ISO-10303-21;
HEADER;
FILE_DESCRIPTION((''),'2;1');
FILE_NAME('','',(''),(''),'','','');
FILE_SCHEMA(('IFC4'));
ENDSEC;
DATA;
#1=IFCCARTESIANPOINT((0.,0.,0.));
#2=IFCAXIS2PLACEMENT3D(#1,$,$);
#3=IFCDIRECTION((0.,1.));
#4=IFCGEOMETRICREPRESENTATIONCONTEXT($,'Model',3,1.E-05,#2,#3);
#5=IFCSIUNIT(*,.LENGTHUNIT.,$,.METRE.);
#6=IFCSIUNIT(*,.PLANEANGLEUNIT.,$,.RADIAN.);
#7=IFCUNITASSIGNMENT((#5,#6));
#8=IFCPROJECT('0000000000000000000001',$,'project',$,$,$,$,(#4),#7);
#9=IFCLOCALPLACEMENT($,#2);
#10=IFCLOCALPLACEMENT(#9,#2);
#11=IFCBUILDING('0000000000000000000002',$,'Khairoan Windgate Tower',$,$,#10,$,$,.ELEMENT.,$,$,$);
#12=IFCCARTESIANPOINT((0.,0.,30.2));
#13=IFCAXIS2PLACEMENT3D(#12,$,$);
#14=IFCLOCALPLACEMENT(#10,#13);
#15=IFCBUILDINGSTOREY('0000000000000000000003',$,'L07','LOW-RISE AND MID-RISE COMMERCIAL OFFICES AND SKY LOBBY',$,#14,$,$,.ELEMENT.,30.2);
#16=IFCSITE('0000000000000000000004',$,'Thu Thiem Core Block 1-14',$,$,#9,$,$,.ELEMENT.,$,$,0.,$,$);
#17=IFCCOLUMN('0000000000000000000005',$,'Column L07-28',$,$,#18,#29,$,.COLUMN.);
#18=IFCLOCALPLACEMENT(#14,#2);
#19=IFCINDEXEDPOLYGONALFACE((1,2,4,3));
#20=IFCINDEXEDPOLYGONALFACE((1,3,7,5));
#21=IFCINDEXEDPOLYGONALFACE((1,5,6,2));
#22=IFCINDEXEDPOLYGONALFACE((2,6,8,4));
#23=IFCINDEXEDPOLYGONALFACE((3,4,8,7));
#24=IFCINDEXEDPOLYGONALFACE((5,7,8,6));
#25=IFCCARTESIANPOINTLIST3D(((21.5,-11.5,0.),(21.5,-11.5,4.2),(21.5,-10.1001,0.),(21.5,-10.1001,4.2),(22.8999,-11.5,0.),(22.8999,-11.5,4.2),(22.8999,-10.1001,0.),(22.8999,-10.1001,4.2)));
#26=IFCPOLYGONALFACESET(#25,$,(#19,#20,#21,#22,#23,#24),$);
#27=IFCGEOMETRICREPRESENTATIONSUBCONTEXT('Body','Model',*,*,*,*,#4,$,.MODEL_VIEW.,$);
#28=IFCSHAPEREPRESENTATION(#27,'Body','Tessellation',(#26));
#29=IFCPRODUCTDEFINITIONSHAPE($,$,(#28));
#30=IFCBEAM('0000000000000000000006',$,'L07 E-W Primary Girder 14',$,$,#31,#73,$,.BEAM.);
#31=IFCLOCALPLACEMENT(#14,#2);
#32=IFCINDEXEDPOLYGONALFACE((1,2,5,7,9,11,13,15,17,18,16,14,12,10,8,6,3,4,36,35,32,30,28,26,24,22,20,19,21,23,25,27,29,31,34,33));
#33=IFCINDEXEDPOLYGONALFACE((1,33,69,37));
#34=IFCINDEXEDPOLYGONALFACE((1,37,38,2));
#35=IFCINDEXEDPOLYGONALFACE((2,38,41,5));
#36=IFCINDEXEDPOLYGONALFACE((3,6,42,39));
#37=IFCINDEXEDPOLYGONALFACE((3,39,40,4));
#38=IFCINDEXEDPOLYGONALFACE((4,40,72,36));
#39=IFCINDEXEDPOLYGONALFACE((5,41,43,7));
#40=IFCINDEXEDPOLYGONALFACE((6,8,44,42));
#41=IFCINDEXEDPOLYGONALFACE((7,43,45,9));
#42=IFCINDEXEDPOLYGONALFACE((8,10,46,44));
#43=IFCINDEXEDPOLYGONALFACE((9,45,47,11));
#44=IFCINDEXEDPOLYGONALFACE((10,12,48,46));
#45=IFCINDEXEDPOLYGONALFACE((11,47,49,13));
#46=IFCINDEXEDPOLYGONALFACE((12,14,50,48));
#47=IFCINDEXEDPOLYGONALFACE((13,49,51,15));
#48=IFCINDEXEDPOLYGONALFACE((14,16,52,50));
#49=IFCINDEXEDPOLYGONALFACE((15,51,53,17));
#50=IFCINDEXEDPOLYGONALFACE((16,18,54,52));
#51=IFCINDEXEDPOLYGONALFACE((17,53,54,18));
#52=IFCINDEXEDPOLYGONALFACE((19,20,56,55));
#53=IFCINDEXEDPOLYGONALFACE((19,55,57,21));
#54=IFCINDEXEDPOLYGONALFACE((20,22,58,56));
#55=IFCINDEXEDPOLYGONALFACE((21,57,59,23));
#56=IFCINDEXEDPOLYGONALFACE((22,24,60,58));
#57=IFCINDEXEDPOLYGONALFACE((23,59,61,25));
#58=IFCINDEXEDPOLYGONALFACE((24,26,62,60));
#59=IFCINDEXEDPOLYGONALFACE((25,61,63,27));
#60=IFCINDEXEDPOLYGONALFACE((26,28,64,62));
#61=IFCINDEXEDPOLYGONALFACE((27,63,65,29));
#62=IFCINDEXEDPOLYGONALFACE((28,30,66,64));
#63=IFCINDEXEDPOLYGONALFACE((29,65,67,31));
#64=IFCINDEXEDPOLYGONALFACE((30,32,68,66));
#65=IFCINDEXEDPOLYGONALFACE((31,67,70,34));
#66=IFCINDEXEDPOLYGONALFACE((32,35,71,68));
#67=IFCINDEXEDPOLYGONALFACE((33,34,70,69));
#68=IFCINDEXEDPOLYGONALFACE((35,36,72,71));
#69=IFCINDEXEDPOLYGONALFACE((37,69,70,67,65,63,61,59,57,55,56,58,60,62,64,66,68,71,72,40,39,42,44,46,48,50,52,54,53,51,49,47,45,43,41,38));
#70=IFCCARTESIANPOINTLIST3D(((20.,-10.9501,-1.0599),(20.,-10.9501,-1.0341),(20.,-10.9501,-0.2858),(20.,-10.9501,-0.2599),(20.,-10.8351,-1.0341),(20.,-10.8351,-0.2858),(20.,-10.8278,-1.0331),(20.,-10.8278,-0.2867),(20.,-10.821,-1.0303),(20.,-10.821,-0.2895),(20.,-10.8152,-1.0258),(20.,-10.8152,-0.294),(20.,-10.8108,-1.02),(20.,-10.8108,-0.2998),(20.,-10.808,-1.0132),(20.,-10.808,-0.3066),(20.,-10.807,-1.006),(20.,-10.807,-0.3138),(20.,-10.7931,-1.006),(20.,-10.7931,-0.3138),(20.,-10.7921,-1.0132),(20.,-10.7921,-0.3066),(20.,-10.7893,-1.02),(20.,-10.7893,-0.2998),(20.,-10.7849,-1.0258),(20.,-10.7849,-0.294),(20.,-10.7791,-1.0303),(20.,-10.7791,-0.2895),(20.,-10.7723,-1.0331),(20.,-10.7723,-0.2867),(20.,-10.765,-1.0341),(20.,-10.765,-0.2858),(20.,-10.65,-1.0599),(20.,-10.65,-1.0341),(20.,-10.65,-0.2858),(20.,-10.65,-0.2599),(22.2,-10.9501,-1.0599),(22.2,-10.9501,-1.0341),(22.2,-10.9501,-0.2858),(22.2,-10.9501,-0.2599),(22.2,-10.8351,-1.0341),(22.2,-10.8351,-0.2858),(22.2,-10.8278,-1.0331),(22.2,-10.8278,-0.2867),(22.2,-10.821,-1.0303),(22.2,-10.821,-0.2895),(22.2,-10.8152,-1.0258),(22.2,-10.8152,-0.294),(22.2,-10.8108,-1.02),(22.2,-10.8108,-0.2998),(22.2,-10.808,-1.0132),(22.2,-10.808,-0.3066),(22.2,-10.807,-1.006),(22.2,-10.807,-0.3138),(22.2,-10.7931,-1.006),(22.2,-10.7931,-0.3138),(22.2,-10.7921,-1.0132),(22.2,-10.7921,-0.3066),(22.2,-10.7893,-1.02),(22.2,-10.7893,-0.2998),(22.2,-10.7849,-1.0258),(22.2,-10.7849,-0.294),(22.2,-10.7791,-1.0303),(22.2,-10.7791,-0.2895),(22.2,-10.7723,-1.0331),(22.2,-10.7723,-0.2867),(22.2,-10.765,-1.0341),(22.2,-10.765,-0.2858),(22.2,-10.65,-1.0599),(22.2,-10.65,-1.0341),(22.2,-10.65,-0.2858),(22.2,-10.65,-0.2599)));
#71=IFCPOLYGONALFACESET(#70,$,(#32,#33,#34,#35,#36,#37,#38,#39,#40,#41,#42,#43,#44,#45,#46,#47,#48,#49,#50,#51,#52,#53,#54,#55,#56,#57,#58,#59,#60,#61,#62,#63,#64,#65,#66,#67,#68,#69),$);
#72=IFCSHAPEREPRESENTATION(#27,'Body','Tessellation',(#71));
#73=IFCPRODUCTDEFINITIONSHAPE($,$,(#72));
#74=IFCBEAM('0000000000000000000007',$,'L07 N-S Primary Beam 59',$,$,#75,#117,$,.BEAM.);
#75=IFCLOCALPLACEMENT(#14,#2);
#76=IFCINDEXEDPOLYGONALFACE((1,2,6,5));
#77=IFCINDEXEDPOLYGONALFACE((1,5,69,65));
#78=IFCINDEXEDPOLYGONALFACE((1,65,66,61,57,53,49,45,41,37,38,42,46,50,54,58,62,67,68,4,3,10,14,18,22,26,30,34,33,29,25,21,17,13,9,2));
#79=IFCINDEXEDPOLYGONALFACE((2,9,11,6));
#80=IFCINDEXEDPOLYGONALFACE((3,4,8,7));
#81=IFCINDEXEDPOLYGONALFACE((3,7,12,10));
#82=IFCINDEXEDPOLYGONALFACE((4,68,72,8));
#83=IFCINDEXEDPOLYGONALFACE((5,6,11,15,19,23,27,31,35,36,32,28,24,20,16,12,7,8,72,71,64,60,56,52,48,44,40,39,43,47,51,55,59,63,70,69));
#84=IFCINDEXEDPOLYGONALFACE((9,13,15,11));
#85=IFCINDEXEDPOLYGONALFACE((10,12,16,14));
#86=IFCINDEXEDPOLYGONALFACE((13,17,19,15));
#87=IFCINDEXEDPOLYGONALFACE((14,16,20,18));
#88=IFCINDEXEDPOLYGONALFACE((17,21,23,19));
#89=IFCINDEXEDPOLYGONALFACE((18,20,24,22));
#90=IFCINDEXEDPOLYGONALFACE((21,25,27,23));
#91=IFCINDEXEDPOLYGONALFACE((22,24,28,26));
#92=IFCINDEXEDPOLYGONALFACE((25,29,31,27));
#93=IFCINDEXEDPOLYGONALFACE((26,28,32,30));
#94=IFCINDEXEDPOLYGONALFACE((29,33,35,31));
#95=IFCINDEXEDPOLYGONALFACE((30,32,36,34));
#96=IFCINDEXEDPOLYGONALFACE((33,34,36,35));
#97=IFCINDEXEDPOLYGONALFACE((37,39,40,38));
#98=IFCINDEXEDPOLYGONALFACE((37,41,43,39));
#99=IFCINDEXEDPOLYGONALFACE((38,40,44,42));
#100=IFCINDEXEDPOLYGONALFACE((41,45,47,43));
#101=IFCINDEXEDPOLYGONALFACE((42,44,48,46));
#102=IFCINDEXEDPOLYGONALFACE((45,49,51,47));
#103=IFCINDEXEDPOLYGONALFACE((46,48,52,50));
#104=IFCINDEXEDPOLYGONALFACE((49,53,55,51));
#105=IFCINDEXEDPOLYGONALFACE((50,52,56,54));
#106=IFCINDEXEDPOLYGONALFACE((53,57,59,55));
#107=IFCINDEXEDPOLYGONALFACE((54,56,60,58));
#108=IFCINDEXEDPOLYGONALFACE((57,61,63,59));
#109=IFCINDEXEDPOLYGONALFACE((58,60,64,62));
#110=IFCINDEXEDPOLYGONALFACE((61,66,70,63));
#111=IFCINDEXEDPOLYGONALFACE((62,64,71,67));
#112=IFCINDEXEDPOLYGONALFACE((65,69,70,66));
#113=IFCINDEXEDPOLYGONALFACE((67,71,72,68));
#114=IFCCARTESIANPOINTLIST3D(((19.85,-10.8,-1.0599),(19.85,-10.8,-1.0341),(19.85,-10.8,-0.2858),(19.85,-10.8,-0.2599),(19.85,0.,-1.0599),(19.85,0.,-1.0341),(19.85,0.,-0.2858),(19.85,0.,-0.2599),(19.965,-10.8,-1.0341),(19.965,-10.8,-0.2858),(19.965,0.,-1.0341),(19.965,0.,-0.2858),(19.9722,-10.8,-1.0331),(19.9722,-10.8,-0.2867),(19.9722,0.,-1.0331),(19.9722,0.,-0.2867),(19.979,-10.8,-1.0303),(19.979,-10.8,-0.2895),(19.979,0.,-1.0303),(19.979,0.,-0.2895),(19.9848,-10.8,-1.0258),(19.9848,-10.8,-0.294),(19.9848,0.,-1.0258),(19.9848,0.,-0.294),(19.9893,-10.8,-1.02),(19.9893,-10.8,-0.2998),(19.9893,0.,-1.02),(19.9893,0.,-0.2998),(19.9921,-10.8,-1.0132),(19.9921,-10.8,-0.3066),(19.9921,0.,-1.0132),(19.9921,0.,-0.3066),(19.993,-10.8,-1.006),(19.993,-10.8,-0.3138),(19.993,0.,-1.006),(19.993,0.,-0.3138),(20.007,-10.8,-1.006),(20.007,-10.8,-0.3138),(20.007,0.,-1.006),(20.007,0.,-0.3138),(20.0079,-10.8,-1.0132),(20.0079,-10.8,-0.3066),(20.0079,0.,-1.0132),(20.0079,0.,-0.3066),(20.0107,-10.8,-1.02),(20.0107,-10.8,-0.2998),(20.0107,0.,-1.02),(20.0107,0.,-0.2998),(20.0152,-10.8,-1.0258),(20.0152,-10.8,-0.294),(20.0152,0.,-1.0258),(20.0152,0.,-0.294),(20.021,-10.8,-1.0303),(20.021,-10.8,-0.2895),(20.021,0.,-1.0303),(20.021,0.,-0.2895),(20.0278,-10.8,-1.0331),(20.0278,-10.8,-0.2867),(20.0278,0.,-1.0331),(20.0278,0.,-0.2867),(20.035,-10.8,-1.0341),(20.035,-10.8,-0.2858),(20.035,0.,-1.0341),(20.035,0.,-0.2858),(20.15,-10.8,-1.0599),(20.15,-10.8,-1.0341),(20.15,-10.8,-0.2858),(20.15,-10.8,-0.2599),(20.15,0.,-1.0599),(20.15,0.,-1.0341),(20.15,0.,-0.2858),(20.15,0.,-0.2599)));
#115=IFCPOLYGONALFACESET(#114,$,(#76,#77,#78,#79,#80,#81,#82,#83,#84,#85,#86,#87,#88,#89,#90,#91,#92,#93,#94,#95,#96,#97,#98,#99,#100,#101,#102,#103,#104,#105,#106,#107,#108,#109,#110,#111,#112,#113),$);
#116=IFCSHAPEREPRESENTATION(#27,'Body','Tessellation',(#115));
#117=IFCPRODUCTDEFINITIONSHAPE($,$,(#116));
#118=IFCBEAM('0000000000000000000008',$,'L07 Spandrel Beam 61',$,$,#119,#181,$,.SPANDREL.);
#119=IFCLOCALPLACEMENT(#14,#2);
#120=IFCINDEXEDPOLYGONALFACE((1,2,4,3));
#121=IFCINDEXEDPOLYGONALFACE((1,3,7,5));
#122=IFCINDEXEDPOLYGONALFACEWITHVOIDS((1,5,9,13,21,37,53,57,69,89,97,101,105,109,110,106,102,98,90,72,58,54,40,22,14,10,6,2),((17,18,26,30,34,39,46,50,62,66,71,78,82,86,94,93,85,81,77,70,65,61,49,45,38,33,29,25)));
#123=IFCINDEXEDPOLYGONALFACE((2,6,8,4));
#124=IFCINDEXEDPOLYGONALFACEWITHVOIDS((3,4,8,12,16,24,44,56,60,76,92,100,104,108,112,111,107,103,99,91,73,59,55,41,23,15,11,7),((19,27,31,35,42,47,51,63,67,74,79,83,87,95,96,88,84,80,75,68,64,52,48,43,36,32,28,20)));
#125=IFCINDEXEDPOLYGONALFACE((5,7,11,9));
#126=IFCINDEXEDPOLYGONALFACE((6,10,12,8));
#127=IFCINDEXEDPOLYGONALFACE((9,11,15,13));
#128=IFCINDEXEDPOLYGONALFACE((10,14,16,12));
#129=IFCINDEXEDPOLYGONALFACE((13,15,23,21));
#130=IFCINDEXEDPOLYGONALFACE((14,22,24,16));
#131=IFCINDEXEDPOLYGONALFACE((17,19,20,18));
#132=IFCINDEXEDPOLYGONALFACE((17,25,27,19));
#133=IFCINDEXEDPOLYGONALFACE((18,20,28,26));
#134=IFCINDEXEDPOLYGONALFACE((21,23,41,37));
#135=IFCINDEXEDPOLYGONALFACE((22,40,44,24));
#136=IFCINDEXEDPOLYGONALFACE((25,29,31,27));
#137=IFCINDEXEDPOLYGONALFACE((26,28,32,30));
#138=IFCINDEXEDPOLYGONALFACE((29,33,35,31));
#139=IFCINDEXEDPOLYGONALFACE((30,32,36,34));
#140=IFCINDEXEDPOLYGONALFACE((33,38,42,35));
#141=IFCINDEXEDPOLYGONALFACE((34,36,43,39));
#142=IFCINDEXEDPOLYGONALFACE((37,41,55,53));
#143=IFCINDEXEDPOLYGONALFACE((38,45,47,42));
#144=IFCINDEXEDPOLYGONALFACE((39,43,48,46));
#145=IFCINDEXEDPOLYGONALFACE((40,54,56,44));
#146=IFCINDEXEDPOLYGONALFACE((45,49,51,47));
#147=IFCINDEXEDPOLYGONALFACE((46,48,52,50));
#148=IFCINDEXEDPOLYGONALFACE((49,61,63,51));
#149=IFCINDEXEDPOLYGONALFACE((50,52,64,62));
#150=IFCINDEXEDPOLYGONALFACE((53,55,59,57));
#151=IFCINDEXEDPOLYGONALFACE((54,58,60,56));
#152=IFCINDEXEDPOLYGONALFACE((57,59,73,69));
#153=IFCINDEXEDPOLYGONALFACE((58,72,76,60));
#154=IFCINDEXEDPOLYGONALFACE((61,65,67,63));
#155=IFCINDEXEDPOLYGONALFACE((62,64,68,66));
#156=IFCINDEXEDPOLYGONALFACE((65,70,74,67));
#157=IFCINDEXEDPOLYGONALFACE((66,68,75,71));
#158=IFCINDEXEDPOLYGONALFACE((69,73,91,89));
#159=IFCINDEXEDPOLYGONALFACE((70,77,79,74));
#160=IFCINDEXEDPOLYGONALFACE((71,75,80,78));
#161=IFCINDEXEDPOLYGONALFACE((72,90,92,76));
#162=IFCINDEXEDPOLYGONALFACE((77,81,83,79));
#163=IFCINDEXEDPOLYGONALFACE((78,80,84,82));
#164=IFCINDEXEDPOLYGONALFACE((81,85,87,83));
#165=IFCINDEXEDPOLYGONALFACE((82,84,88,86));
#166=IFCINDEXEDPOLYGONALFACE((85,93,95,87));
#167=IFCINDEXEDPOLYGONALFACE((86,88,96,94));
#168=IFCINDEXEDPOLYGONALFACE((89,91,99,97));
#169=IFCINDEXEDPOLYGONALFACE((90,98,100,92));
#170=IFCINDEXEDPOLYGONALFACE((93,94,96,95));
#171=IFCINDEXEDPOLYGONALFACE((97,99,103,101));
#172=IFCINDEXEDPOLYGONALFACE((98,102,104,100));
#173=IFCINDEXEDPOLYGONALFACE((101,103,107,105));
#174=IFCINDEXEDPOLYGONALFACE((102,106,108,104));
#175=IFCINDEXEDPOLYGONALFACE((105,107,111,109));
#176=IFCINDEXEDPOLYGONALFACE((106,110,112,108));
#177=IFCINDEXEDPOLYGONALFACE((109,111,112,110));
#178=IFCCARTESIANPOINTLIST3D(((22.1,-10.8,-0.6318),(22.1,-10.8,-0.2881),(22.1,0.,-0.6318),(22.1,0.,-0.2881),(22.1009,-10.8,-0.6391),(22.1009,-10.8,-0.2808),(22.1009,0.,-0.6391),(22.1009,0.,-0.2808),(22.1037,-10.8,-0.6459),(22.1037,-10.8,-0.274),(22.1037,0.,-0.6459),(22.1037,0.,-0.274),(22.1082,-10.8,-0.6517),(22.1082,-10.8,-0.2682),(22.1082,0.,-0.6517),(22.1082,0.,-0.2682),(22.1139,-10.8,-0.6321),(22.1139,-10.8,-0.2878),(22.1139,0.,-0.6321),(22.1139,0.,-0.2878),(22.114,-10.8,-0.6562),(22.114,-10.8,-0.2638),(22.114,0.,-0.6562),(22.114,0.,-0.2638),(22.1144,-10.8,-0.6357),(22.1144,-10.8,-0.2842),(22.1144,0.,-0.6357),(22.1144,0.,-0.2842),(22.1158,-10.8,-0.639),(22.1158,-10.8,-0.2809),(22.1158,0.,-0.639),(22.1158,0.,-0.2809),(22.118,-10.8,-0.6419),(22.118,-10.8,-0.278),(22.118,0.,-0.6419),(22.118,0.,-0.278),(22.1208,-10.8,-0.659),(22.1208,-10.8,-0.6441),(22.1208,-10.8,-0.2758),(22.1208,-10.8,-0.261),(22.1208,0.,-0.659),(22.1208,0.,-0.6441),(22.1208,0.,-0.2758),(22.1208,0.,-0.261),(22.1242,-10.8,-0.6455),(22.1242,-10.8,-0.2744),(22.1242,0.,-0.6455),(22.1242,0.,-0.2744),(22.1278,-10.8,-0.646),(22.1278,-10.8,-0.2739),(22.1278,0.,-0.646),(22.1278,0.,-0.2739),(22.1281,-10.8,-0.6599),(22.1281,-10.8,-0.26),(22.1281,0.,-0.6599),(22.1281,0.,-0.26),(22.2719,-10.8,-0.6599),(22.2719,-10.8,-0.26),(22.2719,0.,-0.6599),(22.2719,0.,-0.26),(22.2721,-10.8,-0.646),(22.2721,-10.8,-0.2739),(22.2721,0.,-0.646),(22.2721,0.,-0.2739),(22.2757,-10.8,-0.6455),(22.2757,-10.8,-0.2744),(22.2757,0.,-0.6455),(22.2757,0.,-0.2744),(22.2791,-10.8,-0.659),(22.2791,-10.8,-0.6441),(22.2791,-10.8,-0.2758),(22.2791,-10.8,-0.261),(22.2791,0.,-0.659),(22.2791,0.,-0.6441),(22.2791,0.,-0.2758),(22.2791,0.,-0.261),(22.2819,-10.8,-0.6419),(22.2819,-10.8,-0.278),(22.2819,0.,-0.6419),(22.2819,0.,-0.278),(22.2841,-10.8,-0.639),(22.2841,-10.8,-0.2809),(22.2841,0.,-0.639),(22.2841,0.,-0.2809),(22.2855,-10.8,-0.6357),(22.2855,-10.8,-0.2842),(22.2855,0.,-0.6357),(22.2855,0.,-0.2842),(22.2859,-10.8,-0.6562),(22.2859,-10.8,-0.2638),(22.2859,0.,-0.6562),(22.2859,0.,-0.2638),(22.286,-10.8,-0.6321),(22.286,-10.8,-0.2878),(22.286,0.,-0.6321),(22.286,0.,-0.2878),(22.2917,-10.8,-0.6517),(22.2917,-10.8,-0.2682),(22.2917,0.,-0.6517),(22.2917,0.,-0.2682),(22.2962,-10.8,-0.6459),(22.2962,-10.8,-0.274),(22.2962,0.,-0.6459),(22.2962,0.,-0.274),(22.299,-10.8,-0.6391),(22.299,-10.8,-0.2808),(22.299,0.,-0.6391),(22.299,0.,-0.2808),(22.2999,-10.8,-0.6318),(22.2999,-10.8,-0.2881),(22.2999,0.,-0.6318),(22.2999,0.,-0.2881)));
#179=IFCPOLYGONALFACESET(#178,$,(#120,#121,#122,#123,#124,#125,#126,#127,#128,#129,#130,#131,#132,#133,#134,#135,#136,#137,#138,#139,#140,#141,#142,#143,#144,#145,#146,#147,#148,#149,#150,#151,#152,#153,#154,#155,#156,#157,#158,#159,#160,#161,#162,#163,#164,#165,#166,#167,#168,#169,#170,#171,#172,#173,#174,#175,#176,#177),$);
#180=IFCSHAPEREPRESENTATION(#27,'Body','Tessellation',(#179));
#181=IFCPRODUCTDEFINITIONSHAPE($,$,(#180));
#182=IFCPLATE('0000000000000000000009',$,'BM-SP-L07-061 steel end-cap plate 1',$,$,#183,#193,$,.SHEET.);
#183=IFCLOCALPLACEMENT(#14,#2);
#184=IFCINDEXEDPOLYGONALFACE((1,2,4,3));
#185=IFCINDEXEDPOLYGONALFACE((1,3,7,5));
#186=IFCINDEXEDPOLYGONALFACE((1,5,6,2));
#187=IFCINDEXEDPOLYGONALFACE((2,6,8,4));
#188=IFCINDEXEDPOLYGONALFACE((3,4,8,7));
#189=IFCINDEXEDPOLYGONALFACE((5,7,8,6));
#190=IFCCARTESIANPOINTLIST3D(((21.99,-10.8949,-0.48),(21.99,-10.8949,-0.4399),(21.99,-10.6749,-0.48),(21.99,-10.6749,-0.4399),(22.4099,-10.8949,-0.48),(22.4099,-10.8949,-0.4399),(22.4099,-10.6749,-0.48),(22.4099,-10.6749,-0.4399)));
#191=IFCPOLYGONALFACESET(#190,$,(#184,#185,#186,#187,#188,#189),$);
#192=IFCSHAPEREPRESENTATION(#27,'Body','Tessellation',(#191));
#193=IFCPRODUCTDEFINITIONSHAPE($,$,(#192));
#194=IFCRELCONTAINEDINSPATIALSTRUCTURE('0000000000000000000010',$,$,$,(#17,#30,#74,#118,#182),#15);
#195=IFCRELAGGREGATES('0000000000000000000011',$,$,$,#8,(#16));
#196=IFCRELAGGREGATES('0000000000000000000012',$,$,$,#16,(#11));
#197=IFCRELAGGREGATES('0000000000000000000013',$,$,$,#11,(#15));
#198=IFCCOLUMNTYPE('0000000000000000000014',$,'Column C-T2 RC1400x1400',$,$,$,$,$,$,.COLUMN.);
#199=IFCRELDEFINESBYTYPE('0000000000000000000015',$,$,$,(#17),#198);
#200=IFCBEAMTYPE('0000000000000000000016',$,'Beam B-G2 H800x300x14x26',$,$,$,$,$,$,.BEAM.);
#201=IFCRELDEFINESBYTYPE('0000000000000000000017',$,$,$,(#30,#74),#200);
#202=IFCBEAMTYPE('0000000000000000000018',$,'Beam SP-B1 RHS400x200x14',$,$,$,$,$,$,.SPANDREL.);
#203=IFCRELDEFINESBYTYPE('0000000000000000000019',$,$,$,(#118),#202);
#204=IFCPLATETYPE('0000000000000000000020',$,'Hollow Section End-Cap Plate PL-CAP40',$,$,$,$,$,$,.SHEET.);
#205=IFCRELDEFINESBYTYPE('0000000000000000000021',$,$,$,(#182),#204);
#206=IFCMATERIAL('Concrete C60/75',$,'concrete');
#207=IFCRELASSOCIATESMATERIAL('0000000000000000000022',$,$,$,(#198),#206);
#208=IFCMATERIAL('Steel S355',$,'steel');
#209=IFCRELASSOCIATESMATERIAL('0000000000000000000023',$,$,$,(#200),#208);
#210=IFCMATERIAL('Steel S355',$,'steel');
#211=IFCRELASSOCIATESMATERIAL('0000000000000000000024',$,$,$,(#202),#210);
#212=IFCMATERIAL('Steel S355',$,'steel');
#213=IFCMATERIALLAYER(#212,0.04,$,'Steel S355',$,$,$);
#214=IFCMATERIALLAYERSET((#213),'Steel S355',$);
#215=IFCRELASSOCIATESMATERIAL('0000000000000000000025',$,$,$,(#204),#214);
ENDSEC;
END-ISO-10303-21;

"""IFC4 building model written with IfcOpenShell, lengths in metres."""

from ifc_helpers import new_model, si_unit, direction, frame, origin, origin_2d, place, context, subcontext, project, spatial, rectangle, hollow_rectangle, i_section, extrude, material, layer, layer_set, material_profile, profile_set, type_object, element, save


model = new_model("IFC4")

# Units and contexts
model_context = context("Model", 3, precision=1e-05, world=origin(), true_north=direction((0.0, 1.0)))
body_context = subcontext(model_context, "Body", "Model", "MODEL_VIEW")
ifc_project = project(units=[si_unit("LENGTHUNIT", "METRE"), si_unit("PLANEANGLEUNIT", "RADIAN")], contexts=[model_context])

# Site, building, storey
site_placement = place(None, origin())
site = spatial("IfcSite", under=ifc_project, at=site_placement, Name="Thu Thiem Core Block 1-14", CompositionType="ELEMENT", RefElevation=0.0)
building_placement = place(site_placement, origin())
building = spatial("IfcBuilding", under=site, at=building_placement, Name="Khairoan Windgate Tower", CompositionType="ELEMENT")
storey_placement = place(building_placement, frame((0.0, 0.0, 30.2)))
storey = spatial("IfcBuildingStorey", under=building, at=storey_placement, Name="L07", Description="LOW-RISE AND MID-RISE COMMERCIAL OFFICES AND SKY LOBBY", CompositionType="ELEMENT", Elevation=30.2)

# Column
ifc_material_1 = material(Name="Concrete C60/75", Category="concrete")
ifc_material_profile_1 = material_profile(ifc_material_1, rectangle(XDim=1.3999, YDim=1.3999, at=origin_2d()))
ifc_profile_set_1 = profile_set([ifc_material_profile_1], Name="Concrete C60/75")
column_type = type_object("IfcColumnType", Name="Column C-T2 RC1400x1400", PredefinedType="COLUMN", material=ifc_profile_set_1)
column_placement = place(storey_placement, frame((22.2, -10.8, 0.0), z_axis=(0.0, 0.0, 1.0), x_axis=(1.0, 0.0, 0.0)))
element("IfcColumn", 1, at=column_placement, inside=storey, type_object=column_type, Name="Column L07-28", PredefinedType="COLUMN", context=body_context, shape_type="SweptSolid", body=[
    extrude(rectangle(XDim=1.3999, YDim=1.3999, at=origin_2d()), origin(), (0.0, 0.0, 1.0), 4.2),
])

# Beams
ifc_material_2 = material(Name="Steel S355", Category="steel")
ifc_material_profile_2 = material_profile(ifc_material_2, i_section(OverallWidth=0.3, OverallDepth=0.8, WebThickness=0.0139, FlangeThickness=0.0259, FilletRadius=0.0281, at=origin_2d()))
ifc_profile_set_2 = profile_set([ifc_material_profile_2], Name="Steel S355")
beam_type_1 = type_object("IfcBeamType", Name="Beam B-G2 H800x300x14x26", PredefinedType="BEAM", material=ifc_profile_set_2)
beam_1_placement = place(storey_placement, frame((20.0, -10.8, -0.6599), z_axis=(1.0, 0.0, 0.0), x_axis=(0.0, 1.0, 0.0)))
element("IfcBeam", 2, at=beam_1_placement, inside=storey, type_object=beam_type_1, Name="L07 E-W Primary Girder 14", PredefinedType="BEAM", context=body_context, shape_type="SweptSolid", body=[
    extrude(i_section(OverallWidth=0.3, OverallDepth=0.8, WebThickness=0.0139, FlangeThickness=0.0259, FilletRadius=0.0281, at=origin_2d()), origin(), (0.0, 0.0, 1.0), 2.2),
])
beam_2_placement = place(storey_placement, frame((20.0, -10.8, -0.6599), z_axis=(0.0, 1.0, 0.0), x_axis=(-1.0, 0.0, 0.0)))
element("IfcBeam", 3, at=beam_2_placement, inside=storey, type_object=beam_type_1, Name="L07 N-S Primary Beam 59", PredefinedType="BEAM", context=body_context, shape_type="SweptSolid", body=[
    extrude(i_section(OverallWidth=0.3, OverallDepth=0.8, WebThickness=0.0139, FlangeThickness=0.0259, FilletRadius=0.0281, at=origin_2d()), origin(), (0.0, 0.0, 1.0), 10.8),
])
ifc_material_3 = material(Name="Steel S355", Category="steel")
ifc_material_profile_3 = material_profile(ifc_material_3, hollow_rectangle(XDim=0.2, YDim=0.3999, WallThickness=0.0139, InnerFilletRadius=0.0139, OuterFilletRadius=0.0281, at=origin_2d()))
ifc_profile_set_3 = profile_set([ifc_material_profile_3], Name="Steel S355")
beam_type_2 = type_object("IfcBeamType", Name="Beam SP-B1 RHS400x200x14", PredefinedType="SPANDREL", material=ifc_profile_set_3)
beam_3_placement = place(storey_placement, frame((22.2, -10.8, -0.46), z_axis=(0.0, 1.0, 0.0), x_axis=(-1.0, 0.0, 0.0)))
element("IfcBeam", 4, at=beam_3_placement, inside=storey, type_object=beam_type_2, Name="L07 Spandrel Beam 61", PredefinedType="SPANDREL", context=body_context, shape_type="SweptSolid", body=[
    extrude(hollow_rectangle(XDim=0.2, YDim=0.3999, WallThickness=0.0139, InnerFilletRadius=0.0139, OuterFilletRadius=0.0281, at=origin_2d()), origin(), (0.0, 0.0, 1.0), 10.8),
])

# Plate
ifc_material_4 = material(Name="Steel S355", Category="steel")
ifc_layer_1 = layer(ifc_material_4, 0.04, Name="Steel S355")
ifc_layer_set_1 = layer_set([ifc_layer_1], Name="Steel S355")
plate_type = type_object("IfcPlateType", Name="Hollow Section End-Cap Plate PL-CAP40", PredefinedType="SHEET", material=ifc_layer_set_1)
for number, where, z_axis, x_axis, name in (
    (5, (22.2, -10.7849, -0.48), (0.0, 0.0, 1.0), (0.0, 1.0, 0.0), "BM-SP-L07-061 steel end-cap plate 1"),
):
    element("IfcPlate", number, at=place(storey_placement, frame(where, z_axis=z_axis, x_axis=x_axis)), inside=storey, type_object=plate_type, Name=name, PredefinedType="SHEET", context=body_context, shape_type="SweptSolid", body=[
        extrude(rectangle(XDim=0.22, YDim=0.4199, at=origin_2d()), origin(), (0.0, 0.0, 1.0), 0.04),
    ])

save(model, "model.ifc")
